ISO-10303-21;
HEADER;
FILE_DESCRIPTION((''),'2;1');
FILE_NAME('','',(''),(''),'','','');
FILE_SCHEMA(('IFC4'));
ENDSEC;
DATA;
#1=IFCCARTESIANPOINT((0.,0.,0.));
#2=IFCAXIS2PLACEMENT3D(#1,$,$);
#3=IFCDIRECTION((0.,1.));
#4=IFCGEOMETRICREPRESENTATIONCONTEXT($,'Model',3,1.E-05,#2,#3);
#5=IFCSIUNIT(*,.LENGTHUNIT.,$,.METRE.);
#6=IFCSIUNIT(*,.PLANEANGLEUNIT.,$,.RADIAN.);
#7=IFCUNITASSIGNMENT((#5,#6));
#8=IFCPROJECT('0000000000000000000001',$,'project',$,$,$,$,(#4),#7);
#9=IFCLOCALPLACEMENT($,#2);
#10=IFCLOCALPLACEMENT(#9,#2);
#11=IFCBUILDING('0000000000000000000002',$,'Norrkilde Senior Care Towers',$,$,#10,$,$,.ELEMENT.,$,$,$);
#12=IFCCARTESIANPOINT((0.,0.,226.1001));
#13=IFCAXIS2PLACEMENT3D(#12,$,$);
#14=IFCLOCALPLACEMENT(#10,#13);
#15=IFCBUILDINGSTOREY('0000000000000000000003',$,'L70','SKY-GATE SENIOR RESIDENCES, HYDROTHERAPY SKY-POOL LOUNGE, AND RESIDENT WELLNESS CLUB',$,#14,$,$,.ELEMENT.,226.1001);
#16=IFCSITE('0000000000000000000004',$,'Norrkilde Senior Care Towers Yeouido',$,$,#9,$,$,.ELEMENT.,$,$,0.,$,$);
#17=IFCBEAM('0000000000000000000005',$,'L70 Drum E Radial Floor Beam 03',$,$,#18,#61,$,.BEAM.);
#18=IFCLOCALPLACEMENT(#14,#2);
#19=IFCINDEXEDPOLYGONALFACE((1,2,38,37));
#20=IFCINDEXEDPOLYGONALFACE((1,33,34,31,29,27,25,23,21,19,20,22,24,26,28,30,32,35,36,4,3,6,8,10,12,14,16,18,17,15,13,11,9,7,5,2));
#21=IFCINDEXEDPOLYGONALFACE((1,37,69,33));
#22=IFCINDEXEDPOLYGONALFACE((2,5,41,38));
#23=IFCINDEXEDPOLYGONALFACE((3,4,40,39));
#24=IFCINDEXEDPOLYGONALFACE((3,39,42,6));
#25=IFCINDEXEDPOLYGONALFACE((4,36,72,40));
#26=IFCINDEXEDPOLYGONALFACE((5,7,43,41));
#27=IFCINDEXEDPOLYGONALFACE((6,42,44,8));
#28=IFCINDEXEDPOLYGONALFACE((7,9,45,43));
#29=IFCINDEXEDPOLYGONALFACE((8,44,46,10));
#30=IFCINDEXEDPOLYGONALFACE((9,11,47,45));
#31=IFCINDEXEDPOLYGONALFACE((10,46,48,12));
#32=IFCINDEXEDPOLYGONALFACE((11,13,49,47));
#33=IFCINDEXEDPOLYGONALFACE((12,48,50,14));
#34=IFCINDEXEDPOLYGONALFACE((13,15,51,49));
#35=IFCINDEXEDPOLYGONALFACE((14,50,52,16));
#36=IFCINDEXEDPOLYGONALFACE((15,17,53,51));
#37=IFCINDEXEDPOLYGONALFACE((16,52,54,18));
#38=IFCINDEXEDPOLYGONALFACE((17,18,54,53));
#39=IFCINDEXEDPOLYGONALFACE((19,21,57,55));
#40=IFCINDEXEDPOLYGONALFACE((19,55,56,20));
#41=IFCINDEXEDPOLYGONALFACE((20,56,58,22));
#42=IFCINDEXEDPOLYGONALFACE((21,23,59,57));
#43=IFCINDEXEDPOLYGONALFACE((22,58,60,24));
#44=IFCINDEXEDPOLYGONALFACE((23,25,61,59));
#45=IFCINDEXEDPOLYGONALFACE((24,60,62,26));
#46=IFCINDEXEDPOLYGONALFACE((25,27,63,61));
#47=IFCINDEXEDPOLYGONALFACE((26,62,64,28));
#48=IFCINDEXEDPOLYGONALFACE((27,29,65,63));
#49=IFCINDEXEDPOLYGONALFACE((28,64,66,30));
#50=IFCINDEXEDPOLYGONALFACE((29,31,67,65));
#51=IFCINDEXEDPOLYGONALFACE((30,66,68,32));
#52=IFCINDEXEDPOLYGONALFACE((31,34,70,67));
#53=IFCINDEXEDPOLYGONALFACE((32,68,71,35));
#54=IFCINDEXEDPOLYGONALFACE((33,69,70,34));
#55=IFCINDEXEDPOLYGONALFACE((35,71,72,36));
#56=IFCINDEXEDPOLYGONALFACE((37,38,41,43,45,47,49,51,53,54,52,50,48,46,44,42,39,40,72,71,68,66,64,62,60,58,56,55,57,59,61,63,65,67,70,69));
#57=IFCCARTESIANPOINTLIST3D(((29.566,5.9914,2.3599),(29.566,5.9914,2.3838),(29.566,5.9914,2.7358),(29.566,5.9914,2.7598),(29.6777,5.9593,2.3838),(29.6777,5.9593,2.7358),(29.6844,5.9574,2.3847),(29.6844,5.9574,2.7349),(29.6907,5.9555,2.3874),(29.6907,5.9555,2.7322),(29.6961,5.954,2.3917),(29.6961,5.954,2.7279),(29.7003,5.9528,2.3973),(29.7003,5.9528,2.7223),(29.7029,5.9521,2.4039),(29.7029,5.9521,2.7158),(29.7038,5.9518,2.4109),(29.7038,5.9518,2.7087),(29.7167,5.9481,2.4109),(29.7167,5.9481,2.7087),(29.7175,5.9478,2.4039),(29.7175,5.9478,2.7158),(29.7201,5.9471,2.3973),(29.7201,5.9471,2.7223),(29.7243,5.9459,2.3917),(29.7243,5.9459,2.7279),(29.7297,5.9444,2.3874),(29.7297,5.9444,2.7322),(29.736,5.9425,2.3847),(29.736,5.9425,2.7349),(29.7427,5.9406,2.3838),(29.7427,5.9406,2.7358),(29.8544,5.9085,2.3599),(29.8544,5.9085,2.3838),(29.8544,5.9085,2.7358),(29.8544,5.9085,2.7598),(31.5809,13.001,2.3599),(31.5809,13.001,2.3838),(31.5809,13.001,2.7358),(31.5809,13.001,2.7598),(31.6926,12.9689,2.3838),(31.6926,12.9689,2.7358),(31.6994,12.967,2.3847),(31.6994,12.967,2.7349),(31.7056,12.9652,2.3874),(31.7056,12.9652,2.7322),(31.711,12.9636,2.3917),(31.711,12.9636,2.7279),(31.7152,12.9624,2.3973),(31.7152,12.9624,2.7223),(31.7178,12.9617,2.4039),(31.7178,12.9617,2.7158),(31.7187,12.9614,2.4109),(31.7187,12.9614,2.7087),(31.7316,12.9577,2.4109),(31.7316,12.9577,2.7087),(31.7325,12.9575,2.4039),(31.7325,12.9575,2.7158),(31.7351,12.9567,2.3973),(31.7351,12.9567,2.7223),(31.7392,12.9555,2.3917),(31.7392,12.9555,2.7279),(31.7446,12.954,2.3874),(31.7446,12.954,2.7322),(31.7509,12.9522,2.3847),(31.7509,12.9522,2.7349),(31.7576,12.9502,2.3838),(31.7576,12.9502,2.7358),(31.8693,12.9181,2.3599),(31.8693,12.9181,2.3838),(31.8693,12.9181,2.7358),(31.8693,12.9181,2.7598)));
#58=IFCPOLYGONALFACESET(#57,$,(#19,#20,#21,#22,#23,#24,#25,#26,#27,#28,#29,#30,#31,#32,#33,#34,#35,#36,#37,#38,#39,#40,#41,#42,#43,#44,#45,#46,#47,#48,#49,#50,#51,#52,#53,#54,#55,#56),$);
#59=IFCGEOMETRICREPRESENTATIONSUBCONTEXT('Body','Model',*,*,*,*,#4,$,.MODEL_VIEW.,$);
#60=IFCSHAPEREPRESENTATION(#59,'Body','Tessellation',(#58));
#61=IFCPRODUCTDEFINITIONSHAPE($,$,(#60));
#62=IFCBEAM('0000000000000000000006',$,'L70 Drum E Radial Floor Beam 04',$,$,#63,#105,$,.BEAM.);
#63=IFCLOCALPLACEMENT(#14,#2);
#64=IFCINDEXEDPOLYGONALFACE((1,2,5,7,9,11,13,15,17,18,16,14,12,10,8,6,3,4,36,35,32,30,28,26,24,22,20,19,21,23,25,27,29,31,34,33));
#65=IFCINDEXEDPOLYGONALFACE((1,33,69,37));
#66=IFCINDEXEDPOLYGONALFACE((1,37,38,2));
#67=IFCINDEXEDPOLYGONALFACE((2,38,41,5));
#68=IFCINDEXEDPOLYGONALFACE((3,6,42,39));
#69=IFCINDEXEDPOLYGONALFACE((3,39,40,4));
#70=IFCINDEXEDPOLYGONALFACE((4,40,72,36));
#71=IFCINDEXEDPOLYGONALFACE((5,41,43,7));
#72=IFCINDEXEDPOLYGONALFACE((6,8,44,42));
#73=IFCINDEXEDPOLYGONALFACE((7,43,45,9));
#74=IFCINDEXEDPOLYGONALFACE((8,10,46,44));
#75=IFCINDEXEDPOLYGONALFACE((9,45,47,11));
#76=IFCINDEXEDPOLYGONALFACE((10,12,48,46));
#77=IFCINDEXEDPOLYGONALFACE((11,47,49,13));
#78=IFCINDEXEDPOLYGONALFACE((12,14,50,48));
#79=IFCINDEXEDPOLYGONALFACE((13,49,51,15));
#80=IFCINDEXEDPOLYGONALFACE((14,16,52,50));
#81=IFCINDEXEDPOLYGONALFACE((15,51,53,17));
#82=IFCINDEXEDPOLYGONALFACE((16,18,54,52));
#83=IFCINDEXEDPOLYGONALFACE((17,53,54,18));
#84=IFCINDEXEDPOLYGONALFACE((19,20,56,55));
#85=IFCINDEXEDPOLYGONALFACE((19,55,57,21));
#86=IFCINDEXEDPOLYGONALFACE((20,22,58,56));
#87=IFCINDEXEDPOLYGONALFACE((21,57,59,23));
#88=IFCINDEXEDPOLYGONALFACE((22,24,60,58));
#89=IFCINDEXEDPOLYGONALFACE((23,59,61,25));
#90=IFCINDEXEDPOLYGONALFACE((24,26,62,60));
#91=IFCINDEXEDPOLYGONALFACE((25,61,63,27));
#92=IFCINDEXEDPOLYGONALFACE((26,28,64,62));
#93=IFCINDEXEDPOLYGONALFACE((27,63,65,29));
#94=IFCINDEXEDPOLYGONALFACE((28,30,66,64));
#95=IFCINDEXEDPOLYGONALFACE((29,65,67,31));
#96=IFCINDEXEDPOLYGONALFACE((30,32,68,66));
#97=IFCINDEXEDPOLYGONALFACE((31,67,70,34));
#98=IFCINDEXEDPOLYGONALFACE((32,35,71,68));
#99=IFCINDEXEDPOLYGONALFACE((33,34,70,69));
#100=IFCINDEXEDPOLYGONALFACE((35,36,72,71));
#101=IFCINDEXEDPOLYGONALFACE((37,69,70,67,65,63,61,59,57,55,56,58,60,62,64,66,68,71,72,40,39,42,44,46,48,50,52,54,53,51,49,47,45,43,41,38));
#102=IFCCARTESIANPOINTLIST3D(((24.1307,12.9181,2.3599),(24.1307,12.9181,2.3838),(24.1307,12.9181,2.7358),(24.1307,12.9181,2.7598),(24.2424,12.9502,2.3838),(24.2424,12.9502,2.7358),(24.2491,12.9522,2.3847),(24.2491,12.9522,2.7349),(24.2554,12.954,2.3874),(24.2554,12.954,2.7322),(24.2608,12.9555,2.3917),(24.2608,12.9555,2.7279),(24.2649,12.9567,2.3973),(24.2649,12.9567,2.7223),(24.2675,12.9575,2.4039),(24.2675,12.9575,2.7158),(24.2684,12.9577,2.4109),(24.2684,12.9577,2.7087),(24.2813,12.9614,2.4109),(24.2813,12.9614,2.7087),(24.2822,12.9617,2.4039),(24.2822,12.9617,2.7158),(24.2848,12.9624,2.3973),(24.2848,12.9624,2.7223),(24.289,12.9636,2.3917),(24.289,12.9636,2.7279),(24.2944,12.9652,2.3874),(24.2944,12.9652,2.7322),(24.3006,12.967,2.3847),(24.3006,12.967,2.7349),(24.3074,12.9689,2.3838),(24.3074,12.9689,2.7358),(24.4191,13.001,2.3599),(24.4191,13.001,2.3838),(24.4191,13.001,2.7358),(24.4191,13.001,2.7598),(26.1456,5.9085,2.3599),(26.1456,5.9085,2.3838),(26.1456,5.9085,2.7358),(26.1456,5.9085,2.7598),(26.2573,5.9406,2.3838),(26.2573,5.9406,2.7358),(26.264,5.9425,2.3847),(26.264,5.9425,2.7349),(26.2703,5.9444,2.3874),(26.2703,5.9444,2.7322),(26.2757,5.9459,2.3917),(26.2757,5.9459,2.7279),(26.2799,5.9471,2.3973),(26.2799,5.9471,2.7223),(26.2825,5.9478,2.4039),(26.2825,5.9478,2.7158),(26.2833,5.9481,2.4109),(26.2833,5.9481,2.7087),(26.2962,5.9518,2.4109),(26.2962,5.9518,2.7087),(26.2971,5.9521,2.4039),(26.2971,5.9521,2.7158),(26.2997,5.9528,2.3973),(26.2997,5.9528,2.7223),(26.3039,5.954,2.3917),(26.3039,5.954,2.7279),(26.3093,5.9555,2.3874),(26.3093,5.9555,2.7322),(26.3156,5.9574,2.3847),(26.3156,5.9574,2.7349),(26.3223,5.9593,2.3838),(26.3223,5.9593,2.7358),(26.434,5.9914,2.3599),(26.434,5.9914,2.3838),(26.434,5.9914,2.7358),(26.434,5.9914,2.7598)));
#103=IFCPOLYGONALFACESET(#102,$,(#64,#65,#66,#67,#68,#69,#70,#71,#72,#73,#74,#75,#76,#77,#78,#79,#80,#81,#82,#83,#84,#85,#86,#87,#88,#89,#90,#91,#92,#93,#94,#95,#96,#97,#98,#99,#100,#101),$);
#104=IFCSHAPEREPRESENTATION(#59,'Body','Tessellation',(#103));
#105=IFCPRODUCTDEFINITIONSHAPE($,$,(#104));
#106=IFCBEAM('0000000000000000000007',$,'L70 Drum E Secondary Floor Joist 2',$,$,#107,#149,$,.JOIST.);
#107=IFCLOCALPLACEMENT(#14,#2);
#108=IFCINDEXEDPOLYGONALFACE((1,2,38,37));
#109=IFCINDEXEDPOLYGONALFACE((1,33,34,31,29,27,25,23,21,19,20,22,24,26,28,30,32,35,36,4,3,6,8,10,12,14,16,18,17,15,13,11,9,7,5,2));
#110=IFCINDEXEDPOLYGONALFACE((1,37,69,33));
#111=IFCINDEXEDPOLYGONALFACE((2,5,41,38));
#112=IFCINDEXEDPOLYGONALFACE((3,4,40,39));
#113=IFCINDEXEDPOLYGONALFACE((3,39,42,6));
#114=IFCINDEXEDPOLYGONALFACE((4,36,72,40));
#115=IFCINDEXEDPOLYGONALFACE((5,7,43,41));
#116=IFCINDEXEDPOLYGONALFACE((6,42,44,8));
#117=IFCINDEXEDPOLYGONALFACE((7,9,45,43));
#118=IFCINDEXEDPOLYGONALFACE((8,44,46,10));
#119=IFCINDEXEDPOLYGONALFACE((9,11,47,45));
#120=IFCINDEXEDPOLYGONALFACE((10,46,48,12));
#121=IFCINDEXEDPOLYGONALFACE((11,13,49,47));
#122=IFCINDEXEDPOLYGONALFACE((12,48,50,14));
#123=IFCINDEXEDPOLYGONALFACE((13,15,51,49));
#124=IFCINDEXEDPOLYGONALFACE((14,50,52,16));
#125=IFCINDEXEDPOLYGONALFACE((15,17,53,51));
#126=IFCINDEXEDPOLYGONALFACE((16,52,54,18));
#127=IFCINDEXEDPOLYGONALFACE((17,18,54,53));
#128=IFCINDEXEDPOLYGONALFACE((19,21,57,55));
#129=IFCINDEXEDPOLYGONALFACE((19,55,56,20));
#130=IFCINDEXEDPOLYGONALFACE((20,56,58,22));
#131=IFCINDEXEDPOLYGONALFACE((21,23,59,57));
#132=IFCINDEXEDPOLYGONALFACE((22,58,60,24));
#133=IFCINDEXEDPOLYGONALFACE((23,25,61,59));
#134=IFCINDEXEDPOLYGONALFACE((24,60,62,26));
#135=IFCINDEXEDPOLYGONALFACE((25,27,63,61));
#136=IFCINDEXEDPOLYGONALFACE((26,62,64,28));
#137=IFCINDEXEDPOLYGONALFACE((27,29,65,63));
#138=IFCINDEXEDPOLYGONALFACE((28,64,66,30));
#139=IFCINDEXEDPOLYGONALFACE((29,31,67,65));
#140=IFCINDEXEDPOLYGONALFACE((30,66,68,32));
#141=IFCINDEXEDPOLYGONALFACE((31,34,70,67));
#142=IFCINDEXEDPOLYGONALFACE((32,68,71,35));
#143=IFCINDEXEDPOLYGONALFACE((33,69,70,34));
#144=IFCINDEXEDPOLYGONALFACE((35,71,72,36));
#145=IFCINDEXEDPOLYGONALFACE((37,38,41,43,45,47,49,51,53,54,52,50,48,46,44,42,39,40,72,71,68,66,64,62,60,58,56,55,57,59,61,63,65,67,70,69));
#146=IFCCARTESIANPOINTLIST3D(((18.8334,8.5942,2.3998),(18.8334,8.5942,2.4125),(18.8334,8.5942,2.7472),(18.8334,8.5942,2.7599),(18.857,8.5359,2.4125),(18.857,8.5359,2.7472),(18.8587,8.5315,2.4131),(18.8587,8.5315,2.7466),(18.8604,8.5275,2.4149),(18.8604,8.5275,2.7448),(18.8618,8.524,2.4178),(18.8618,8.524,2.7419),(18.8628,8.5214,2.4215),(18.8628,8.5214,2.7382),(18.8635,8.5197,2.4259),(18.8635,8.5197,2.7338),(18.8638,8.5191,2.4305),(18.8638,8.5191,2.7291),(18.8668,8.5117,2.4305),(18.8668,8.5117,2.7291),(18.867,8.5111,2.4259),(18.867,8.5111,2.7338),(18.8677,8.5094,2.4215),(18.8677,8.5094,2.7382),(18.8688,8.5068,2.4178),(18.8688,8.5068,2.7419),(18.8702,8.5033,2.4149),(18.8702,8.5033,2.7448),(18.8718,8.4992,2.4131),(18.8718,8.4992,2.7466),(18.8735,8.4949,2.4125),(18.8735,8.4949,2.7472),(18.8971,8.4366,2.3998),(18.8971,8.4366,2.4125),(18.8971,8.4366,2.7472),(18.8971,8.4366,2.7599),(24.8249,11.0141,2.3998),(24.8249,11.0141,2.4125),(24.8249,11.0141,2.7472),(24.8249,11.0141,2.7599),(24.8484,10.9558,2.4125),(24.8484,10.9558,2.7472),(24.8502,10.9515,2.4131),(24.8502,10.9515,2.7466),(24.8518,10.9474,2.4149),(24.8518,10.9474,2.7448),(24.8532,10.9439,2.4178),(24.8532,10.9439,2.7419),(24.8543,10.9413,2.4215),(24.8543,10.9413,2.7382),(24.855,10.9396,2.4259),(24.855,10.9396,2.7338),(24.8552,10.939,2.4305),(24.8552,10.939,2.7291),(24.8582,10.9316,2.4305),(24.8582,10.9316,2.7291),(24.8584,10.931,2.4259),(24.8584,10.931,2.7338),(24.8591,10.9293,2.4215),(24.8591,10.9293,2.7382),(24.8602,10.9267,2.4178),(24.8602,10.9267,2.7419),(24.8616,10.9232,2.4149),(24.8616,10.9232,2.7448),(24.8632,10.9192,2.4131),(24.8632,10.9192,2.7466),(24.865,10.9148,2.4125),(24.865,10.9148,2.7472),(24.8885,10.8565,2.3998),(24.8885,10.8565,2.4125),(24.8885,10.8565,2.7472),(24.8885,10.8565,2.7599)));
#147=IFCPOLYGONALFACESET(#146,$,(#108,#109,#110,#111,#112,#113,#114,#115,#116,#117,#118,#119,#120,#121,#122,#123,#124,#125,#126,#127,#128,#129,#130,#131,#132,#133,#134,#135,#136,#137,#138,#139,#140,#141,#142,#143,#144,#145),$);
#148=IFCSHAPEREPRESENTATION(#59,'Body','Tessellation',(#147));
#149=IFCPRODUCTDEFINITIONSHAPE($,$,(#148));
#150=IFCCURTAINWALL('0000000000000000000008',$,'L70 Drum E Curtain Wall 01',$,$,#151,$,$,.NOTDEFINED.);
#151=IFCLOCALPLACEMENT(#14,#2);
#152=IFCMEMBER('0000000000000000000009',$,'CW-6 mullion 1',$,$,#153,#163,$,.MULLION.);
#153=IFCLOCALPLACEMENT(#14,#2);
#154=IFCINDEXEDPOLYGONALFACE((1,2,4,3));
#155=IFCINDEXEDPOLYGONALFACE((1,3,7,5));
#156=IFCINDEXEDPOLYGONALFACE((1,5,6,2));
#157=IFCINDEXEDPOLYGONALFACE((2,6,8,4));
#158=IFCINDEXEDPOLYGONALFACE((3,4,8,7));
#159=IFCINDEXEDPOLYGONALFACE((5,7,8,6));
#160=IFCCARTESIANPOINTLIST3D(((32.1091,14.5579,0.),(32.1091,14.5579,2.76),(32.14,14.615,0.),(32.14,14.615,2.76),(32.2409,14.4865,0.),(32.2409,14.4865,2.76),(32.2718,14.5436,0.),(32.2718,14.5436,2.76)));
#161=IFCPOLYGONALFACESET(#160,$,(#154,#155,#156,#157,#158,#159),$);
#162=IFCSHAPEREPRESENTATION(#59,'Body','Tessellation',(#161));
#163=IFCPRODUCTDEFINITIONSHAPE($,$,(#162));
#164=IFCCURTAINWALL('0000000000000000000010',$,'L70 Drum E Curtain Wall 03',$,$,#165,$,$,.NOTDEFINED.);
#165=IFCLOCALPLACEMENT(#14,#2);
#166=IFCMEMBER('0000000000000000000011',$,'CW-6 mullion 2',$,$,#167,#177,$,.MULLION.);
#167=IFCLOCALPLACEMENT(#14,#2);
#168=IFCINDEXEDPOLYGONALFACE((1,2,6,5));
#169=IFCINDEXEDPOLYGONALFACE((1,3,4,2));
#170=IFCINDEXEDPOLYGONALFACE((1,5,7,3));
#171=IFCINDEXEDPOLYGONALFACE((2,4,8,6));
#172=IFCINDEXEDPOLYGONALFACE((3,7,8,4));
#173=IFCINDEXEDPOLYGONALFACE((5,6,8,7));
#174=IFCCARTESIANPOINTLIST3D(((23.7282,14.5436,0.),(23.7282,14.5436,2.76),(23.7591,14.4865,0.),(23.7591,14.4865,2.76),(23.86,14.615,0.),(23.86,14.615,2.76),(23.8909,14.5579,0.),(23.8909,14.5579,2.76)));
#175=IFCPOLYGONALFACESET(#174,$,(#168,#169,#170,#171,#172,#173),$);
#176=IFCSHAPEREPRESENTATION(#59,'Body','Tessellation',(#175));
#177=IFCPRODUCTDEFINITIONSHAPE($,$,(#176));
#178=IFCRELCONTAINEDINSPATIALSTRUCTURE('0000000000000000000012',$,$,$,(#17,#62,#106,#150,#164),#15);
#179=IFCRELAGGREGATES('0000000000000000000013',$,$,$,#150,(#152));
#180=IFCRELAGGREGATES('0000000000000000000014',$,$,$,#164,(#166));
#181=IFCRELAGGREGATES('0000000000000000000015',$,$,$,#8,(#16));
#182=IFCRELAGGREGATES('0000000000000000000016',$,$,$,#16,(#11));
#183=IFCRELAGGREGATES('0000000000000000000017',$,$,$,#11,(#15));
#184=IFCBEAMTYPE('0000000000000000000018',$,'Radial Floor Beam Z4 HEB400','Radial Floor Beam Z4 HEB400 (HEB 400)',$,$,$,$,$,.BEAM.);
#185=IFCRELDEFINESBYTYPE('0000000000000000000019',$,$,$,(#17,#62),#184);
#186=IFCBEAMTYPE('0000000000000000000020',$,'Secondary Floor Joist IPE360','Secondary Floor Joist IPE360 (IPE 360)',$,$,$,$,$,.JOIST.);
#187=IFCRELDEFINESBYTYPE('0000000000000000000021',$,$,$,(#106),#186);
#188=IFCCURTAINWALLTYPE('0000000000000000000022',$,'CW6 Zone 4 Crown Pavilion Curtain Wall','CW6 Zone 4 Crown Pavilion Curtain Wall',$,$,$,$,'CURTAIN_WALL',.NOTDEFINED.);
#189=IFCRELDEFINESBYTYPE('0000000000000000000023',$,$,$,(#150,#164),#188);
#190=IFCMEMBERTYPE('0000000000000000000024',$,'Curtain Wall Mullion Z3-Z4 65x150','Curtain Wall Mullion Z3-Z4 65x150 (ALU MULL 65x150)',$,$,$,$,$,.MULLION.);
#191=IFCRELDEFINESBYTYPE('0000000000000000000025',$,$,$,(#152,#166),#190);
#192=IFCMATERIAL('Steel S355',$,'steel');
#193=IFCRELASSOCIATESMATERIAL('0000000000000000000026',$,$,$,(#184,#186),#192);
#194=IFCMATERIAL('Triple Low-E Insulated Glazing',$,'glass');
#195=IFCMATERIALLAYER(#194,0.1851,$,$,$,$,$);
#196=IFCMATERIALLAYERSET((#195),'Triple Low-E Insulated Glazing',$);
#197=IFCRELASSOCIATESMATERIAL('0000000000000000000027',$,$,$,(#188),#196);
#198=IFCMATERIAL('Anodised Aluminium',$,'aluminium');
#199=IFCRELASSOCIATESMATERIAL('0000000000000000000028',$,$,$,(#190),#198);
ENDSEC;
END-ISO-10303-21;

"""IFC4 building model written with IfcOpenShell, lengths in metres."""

from ifc_helpers import new_model, si_unit, direction, frame, origin, origin_2d, place, context, subcontext, project, spatial, rectangle, i_section, extrude, source, transform, mapped, material, layer, layer_set, material_profile, profile_set, type_object, type_shapes, element, aggregate, save


model = new_model("IFC4")

# Units and contexts
model_context = context("Model", 3, precision=1e-05, world=origin(), true_north=direction((0.0, 1.0)))
body_context = subcontext(model_context, "Body", "Model", "MODEL_VIEW")
ifc_project = project(units=[si_unit("LENGTHUNIT", "METRE"), si_unit("PLANEANGLEUNIT", "RADIAN")], contexts=[model_context])

# Site, building, storey
site_placement = place(None, origin())
site = spatial("IfcSite", under=ifc_project, at=site_placement, Name="Norrkilde Senior Care Towers Yeouido", CompositionType="ELEMENT", RefElevation=0.0)
building_placement = place(site_placement, origin())
building = spatial("IfcBuilding", under=site, at=building_placement, Name="Norrkilde Senior Care Towers", CompositionType="ELEMENT")
storey_placement = place(building_placement, frame((0.0, 0.0, 226.1001)))
storey = spatial("IfcBuildingStorey", under=building, at=storey_placement, Name="L70", Description="SKY-GATE SENIOR RESIDENCES, HYDROTHERAPY SKY-POOL LOUNGE, AND RESIDENT WELLNESS CLUB", CompositionType="ELEMENT", Elevation=226.1001)

# Beams
ifc_material_1 = material(Name="Steel S355", Category="steel")
ifc_material_profile_1 = material_profile(ifc_material_1, i_section(OverallWidth=0.3, OverallDepth=0.3999, WebThickness=0.0134, FlangeThickness=0.0239, FilletRadius=0.0271, at=origin_2d()), Name="HEB 400")
ifc_profile_set_1 = profile_set([ifc_material_profile_1], Name="Steel S355")
beam_type_1 = type_object("IfcBeamType", Name="Radial Floor Beam Z4 HEB400", Description="Radial Floor Beam Z4 HEB400 (HEB 400)", PredefinedType="BEAM", material=ifc_profile_set_1)
shared_shape_1 = source(origin(), body_context, "Body", "SweptSolid", [
    extrude(i_section(OverallWidth=0.3, OverallDepth=0.3999, WebThickness=0.0134, FlangeThickness=0.0239, FilletRadius=0.0271, at=origin_2d()), origin(), (0.0, 0.0, 1.0), 7.2935),
])
type_shapes(beam_type_1, [shared_shape_1])
for number, where, z_axis, x_axis, name in (
    (1, (29.7102, 5.95, 2.5598), (0.276264, 0.961082, 0.0), (-0.961082, 0.276264, 0.0), "L70 Drum E Radial Floor Beam 03"),
    (2, (26.2898, 5.95, 2.5598), (-0.276264, 0.961082, 0.0), (-0.961082, -0.276264, 0.0), "L70 Drum E Radial Floor Beam 04"),
):
    element("IfcBeam", number, at=place(storey_placement, frame(where, z_axis=z_axis, x_axis=x_axis)), inside=storey, type_object=beam_type_1, Name=name, PredefinedType="BEAM", context=body_context, shape_type="MappedRepresentation", body=[
        mapped(shared_shape_1, transform((0.0, 0.0, 0.0), x_axis=(1.0, 0.0, 0.0), y_axis=(0.0, 1.0, 0.0), z_axis=(0.0, 0.0, 1.0), scale=1.0)),
    ])
ifc_material_profile_2 = material_profile(ifc_material_1, i_section(OverallWidth=0.1699, OverallDepth=0.3601, WebThickness=0.0081, FlangeThickness=0.0127, FilletRadius=0.0181, at=origin_2d()), Name="IPE 360")
ifc_profile_set_2 = profile_set([ifc_material_profile_2], Name="Steel S355")
beam_type_2 = type_object("IfcBeamType", Name="Secondary Floor Joist IPE360", Description="Secondary Floor Joist IPE360 (IPE 360)", PredefinedType="JOIST", material=ifc_profile_set_2)
shared_shape_2 = source(origin(), body_context, "Body", "SweptSolid", [
    extrude(i_section(OverallWidth=0.1699, OverallDepth=0.3601, WebThickness=0.0081, FlangeThickness=0.0127, FilletRadius=0.0181, at=origin_2d()), origin(), (0.0, 0.0, 1.0), 6.4617),
])
type_shapes(beam_type_2, [shared_shape_2])
beam_1_placement = place(storey_placement, frame((24.8567, 10.9353, 2.5798), z_axis=(-0.927226, -0.374502, 0.0), x_axis=(0.374502, -0.927226, 0.0)))
element("IfcBeam", 3, at=beam_1_placement, inside=storey, type_object=beam_type_2, Name="L70 Drum E Secondary Floor Joist 2", PredefinedType="JOIST", context=body_context, shape_type="MappedRepresentation", body=[
    mapped(shared_shape_2, transform((0.0, 0.0, 0.0), x_axis=(1.0, 0.0, 0.0), y_axis=(0.0, 1.0, 0.0), z_axis=(0.0, 0.0, 1.0), scale=1.0)),
])

# Curtain walls, members
ifc_material_2 = material(Name="Triple Low-E Insulated Glazing", Category="glass")
ifc_layer_1 = layer(ifc_material_2, 0.1851)
ifc_layer_set_1 = layer_set([ifc_layer_1], Name="Triple Low-E Insulated Glazing")
curtain_wall_type = type_object("IfcCurtainWallType", Name="CW6 Zone 4 Crown Pavilion Curtain Wall", Description="CW6 Zone 4 Crown Pavilion Curtain Wall", ElementType="CURTAIN_WALL", PredefinedType="NOTDEFINED", material=ifc_layer_set_1)
curtain_wall_1_placement = place(storey_placement, origin())
curtain_wall_1 = element("IfcCurtainWall", 4, at=curtain_wall_1_placement, inside=storey, type_object=curtain_wall_type, Name="L70 Drum E Curtain Wall 01", PredefinedType="NOTDEFINED")
ifc_material_3 = material(Name="Anodised Aluminium", Category="aluminium")
ifc_material_profile_3 = material_profile(ifc_material_3, rectangle(XDim=0.0649, YDim=0.1499, at=origin_2d()), Name="ALU MULL 65x150")
ifc_profile_set_3 = profile_set([ifc_material_profile_3], Name="Anodised Aluminium")
member_type = type_object("IfcMemberType", Name="Curtain Wall Mullion Z3-Z4 65x150", Description="Curtain Wall Mullion Z3-Z4 65x150 (ALU MULL 65x150)", PredefinedType="MULLION", material=ifc_profile_set_3)
shared_shape_3 = source(origin(), body_context, "Body", "SweptSolid", [
    extrude(rectangle(XDim=0.0649, YDim=0.1499, at=origin_2d()), origin(), (0.0, 0.0, 1.0), 2.76),
])
type_shapes(member_type, [shared_shape_3])
member_1_placement = place(storey_placement, frame((32.1904, 14.5508, 0.0), z_axis=(0.0, 0.0, 1.0), x_axis=(0.476133, 0.879373, 0.0)))
member_1 = element("IfcMember", 5, at=member_1_placement, type_object=member_type, Name="CW-6 mullion 1", PredefinedType="MULLION", context=body_context, shape_type="MappedRepresentation", body=[
    mapped(shared_shape_3, transform((0.0, 0.0, 0.0), x_axis=(1.0, 0.0, 0.0), y_axis=(0.0, 1.0, 0.0), z_axis=(0.0, 0.0, 1.0), scale=1.0)),
])
aggregate(curtain_wall_1, [member_1])
curtain_wall_2_placement = place(storey_placement, origin())
curtain_wall_2 = element("IfcCurtainWall", 6, at=curtain_wall_2_placement, inside=storey, type_object=curtain_wall_type, Name="L70 Drum E Curtain Wall 03", PredefinedType="NOTDEFINED")
member_2_placement = place(storey_placement, frame((23.8096, 14.5508, 0.0), z_axis=(0.0, 0.0, 1.0), x_axis=(-0.476133, 0.879373, 0.0)))
member_2 = element("IfcMember", 7, at=member_2_placement, type_object=member_type, Name="CW-6 mullion 2", PredefinedType="MULLION", context=body_context, shape_type="MappedRepresentation", body=[
    mapped(shared_shape_3, transform((0.0, 0.0, 0.0), x_axis=(1.0, 0.0, 0.0), y_axis=(0.0, 1.0, 0.0), z_axis=(0.0, 0.0, 1.0), scale=1.0)),
])
aggregate(curtain_wall_2, [member_2])

save(model, "model.ifc")
